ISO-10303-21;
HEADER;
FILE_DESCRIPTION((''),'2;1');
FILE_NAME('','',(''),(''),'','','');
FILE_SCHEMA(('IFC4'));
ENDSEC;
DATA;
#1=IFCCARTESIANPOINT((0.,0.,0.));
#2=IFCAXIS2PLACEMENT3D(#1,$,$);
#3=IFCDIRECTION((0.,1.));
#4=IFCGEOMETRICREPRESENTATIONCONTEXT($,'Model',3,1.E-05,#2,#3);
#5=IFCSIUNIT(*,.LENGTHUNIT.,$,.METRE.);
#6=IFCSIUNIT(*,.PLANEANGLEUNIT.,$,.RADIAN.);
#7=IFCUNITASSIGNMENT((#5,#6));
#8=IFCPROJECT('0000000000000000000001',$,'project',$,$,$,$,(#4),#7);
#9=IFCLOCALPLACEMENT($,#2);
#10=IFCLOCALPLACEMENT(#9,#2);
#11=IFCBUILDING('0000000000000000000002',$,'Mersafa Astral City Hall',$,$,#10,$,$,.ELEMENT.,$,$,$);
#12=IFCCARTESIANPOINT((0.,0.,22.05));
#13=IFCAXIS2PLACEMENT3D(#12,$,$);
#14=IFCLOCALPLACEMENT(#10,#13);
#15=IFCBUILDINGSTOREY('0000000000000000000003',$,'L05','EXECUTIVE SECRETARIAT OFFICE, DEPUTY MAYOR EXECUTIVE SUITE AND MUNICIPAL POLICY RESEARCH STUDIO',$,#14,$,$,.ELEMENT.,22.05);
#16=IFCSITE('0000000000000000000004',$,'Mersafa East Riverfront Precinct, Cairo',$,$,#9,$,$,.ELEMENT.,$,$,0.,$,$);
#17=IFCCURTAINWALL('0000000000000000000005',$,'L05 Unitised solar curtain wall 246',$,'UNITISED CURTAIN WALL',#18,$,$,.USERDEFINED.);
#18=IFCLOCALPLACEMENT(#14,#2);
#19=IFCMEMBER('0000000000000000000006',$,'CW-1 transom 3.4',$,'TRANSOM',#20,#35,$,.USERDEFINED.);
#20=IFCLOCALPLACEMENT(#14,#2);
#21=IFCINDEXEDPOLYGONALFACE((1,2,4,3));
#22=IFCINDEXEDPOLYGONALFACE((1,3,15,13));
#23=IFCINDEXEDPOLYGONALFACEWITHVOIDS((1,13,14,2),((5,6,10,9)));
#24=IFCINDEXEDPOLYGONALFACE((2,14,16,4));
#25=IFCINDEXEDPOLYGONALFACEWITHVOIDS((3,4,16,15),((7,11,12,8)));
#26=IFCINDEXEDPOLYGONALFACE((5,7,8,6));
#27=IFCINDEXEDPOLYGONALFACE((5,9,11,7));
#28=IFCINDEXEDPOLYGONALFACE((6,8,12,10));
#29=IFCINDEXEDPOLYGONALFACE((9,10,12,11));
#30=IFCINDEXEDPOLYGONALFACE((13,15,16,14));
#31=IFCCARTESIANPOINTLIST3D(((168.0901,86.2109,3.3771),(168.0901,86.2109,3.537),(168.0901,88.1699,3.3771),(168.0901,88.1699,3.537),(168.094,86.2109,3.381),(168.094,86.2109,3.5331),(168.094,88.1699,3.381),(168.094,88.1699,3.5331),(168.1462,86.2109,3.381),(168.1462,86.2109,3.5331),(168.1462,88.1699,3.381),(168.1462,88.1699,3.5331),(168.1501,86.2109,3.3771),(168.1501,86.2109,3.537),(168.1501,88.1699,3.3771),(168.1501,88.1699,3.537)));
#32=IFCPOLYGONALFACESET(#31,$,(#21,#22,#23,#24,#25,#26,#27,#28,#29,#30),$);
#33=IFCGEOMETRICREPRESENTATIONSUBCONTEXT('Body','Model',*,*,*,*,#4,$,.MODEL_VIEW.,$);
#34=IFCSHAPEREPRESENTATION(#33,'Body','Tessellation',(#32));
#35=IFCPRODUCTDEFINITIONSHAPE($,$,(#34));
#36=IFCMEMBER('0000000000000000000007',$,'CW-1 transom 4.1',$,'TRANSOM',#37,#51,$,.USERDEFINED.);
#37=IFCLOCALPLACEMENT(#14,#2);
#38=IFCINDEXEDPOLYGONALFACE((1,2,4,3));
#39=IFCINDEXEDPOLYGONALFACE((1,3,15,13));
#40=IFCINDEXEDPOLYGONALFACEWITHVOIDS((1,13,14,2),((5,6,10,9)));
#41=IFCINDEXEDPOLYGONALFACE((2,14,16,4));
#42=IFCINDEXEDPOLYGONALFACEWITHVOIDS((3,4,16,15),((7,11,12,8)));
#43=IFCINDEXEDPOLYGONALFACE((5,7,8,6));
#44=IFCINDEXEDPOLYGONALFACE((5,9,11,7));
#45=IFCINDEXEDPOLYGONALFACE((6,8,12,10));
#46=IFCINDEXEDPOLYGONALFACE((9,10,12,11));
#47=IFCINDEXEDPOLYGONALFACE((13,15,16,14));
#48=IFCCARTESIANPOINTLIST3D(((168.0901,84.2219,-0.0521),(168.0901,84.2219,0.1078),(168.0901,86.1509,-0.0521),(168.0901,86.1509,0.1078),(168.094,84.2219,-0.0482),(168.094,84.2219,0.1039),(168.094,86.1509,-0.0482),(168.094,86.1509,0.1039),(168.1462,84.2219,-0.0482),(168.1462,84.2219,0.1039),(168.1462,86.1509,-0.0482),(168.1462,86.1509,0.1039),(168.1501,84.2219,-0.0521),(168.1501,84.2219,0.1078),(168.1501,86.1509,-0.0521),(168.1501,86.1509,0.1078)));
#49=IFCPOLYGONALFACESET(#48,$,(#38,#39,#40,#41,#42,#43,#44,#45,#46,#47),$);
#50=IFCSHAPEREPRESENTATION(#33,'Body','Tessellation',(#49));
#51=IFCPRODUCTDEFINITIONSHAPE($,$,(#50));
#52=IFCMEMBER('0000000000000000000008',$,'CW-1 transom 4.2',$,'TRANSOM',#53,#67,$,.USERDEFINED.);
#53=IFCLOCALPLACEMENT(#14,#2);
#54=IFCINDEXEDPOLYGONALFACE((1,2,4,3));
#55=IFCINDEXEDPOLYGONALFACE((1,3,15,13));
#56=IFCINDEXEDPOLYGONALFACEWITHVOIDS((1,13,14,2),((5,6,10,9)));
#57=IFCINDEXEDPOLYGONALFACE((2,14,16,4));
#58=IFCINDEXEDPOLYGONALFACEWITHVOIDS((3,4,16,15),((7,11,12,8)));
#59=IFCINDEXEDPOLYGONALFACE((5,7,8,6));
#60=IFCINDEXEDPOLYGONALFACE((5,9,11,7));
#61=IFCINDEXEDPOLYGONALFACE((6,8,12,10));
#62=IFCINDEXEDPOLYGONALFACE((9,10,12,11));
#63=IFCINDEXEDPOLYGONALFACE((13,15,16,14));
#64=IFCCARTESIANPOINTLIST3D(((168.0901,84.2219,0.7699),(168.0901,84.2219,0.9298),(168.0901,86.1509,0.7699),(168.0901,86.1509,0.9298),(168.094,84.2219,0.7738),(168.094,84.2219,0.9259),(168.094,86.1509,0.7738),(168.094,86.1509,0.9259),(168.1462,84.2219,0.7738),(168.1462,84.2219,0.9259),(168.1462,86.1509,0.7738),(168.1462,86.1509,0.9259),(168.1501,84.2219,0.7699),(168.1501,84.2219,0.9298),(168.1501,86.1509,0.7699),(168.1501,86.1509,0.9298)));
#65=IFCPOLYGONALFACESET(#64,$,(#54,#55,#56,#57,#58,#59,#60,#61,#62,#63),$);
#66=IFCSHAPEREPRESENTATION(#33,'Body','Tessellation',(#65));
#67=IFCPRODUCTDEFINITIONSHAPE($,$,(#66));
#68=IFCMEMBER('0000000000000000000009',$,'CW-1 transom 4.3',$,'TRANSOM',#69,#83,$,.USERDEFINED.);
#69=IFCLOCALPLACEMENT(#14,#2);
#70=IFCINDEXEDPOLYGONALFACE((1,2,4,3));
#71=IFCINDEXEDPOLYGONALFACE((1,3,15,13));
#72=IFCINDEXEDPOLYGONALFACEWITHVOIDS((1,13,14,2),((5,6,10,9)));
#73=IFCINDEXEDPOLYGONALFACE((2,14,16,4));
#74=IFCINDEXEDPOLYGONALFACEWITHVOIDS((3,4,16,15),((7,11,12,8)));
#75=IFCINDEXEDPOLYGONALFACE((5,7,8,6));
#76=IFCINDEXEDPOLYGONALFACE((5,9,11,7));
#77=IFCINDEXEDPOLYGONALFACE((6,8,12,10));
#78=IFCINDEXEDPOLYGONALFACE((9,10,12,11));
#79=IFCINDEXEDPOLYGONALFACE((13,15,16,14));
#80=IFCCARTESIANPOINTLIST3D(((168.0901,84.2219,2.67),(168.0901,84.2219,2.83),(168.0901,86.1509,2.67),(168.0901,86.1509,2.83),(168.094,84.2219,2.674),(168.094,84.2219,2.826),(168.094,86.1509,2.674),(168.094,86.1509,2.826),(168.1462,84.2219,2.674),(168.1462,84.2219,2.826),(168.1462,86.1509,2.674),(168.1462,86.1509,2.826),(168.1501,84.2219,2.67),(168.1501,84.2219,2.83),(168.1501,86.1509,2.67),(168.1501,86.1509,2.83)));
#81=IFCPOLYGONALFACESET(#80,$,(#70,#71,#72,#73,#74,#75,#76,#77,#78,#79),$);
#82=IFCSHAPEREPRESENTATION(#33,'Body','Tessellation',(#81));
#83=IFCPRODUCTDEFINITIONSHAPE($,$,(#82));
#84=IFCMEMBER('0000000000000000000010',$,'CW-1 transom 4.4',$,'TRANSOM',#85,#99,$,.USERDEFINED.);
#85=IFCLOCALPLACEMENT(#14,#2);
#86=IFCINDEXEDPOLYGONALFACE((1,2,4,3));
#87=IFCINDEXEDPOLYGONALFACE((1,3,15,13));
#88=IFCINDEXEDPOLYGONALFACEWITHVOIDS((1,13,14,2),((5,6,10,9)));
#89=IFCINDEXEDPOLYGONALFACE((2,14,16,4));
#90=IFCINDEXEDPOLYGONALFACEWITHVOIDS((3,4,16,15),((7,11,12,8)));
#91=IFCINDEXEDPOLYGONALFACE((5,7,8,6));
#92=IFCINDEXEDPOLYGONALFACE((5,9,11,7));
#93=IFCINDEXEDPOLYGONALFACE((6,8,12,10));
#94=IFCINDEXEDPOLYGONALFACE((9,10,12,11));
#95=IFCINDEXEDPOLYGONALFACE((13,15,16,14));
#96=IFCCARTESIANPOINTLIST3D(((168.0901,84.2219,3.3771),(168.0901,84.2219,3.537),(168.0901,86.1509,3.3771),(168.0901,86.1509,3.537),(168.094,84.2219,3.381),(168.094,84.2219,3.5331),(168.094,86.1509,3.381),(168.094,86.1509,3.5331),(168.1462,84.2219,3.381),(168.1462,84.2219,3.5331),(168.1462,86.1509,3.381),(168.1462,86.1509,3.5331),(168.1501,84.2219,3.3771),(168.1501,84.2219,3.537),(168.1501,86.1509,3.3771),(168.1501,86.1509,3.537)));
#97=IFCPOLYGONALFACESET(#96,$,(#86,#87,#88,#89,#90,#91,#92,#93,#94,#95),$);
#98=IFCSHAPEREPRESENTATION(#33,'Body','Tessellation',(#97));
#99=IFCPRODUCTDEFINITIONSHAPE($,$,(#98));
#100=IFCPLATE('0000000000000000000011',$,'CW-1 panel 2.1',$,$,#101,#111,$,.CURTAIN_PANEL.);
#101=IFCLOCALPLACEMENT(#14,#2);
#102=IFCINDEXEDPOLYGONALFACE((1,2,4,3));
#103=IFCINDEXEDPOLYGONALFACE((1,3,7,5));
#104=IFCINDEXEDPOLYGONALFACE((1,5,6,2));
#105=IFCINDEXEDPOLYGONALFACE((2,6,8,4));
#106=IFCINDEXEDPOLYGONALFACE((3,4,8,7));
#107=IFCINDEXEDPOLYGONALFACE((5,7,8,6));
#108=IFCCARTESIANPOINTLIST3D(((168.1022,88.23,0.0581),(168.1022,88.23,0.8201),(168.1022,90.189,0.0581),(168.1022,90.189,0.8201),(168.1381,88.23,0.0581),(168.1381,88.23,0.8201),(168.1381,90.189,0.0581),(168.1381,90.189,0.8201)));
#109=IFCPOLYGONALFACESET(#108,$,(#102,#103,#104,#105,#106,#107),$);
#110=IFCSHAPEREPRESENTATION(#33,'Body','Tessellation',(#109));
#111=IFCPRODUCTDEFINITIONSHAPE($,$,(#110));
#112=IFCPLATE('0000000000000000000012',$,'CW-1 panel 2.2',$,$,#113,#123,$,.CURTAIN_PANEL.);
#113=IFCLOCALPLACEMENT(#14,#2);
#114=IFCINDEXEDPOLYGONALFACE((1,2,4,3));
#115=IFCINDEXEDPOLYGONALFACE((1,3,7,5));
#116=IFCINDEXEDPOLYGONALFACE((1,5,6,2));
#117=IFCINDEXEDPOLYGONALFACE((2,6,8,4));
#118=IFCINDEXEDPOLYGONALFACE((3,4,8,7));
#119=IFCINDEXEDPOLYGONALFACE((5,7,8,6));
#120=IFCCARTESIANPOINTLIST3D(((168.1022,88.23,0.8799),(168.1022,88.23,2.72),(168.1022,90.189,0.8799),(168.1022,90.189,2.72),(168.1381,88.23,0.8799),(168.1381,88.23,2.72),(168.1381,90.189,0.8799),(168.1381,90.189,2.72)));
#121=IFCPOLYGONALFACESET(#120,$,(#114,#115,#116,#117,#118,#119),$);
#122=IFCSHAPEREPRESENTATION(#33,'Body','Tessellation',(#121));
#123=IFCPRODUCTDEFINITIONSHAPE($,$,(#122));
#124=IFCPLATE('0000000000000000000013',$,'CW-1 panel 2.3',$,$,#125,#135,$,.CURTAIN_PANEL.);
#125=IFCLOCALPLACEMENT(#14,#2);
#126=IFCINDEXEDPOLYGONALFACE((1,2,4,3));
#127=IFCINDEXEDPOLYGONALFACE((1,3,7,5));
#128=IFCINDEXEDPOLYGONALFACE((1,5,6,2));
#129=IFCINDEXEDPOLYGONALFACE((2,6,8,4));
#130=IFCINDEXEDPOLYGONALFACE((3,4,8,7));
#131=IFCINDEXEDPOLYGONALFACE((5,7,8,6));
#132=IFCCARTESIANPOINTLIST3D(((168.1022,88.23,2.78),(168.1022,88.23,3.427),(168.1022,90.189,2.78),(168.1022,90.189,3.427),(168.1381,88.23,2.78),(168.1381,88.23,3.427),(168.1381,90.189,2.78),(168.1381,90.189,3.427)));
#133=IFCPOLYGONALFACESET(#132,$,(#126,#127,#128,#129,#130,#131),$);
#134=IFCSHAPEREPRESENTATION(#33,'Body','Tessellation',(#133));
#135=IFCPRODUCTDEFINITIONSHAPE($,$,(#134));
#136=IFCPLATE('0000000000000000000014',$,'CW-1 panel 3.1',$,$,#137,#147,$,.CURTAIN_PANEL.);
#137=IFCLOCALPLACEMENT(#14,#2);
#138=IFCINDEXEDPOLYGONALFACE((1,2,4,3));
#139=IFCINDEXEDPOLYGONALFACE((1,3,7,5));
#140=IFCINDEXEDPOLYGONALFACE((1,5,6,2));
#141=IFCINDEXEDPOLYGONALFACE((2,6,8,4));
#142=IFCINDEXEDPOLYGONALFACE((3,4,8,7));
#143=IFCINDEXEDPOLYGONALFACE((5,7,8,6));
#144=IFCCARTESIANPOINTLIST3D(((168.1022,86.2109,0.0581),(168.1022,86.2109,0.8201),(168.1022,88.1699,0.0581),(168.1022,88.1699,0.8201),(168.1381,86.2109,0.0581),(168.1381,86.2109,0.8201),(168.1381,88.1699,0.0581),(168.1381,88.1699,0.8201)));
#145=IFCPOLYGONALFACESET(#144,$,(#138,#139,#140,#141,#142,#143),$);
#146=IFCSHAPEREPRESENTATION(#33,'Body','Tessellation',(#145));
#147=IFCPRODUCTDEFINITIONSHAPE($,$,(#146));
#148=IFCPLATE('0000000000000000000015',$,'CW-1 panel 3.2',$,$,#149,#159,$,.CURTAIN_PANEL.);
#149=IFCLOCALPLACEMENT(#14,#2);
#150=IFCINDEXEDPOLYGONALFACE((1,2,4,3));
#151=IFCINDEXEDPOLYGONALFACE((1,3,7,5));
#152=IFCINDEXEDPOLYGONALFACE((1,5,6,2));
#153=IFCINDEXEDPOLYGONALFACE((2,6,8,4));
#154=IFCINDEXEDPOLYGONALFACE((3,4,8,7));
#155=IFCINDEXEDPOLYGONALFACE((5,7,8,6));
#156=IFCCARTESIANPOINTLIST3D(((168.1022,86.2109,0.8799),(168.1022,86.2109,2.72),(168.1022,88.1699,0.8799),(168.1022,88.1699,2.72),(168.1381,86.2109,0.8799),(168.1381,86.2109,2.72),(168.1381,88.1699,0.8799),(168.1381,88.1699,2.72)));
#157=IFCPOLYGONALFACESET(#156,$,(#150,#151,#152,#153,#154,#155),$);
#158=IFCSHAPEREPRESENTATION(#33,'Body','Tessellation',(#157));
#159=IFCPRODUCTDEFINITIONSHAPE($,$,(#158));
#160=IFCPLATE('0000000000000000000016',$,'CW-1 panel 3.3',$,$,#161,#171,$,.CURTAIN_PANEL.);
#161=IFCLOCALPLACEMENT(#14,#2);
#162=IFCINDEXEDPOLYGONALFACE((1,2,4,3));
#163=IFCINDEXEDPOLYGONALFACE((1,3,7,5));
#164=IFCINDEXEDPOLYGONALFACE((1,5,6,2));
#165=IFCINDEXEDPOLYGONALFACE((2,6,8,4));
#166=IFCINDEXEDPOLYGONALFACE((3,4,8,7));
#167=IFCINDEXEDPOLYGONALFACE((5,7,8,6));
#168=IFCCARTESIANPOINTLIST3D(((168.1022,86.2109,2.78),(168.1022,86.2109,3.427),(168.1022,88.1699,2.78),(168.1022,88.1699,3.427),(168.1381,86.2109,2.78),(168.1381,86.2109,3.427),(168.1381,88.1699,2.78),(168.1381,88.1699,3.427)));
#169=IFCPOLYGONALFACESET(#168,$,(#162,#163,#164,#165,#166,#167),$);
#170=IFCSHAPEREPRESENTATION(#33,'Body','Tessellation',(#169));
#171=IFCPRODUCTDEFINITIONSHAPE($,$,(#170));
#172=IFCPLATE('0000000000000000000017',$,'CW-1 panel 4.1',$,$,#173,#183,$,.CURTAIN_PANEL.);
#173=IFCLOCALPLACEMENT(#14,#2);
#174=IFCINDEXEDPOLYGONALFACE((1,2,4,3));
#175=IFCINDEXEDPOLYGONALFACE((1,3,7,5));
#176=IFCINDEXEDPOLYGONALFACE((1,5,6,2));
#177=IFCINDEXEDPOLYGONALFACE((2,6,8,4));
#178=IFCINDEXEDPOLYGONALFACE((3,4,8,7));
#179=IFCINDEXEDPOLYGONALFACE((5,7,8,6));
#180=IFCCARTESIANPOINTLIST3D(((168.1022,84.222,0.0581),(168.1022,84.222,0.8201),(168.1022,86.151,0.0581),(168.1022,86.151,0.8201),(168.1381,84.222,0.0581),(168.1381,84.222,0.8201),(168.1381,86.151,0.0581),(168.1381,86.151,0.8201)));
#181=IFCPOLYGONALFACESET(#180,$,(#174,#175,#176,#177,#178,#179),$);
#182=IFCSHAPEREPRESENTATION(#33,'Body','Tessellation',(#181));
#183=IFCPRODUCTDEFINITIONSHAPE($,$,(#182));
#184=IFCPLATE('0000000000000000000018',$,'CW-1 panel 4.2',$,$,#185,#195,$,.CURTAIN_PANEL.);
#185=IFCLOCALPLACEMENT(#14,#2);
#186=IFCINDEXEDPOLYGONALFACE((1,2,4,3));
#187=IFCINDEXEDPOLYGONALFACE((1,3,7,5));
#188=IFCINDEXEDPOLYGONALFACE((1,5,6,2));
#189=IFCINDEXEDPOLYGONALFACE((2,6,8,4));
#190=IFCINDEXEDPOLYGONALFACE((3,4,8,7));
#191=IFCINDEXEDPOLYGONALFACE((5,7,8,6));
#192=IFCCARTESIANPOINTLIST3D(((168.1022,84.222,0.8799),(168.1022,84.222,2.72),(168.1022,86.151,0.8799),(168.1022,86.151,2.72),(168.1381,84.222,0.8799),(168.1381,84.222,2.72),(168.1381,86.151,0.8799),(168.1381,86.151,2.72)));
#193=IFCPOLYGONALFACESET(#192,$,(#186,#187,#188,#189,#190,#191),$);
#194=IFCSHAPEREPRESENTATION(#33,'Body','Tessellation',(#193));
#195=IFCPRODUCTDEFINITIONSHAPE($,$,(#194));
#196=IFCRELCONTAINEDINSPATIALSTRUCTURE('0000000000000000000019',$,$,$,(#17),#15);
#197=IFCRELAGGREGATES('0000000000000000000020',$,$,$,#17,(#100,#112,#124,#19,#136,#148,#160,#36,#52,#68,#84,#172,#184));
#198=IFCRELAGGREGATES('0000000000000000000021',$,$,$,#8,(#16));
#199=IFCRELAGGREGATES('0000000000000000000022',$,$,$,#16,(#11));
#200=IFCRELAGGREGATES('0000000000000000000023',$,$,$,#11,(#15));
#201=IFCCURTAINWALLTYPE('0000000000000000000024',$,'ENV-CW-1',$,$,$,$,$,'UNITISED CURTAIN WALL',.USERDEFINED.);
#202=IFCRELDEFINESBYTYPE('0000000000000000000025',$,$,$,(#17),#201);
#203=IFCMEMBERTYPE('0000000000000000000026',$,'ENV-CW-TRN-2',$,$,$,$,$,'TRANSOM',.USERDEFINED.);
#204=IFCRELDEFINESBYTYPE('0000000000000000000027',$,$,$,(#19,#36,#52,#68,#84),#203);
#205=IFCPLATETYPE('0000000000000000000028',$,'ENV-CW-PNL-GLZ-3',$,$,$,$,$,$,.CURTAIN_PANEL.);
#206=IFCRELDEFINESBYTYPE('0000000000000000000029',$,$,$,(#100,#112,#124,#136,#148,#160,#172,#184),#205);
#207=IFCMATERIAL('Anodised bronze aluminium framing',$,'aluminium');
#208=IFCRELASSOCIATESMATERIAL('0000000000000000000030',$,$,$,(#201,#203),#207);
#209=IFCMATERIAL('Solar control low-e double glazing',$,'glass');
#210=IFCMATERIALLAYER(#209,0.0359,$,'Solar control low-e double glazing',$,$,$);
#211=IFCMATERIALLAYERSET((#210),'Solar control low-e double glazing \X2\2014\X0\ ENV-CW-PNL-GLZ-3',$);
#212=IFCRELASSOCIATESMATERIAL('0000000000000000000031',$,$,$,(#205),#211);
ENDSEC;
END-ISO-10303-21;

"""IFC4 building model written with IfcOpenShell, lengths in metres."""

from ifc_helpers import new_model, si_unit, direction, frame, origin, origin_2d, place, context, subcontext, project, spatial, rectangle, hollow_rectangle, extrude, material, layer, layer_set, material_profile, profile_set, type_object, element, aggregate, save


model = new_model("IFC4")

# Units and contexts
model_context = context("Model", 3, precision=1e-05, world=origin(), true_north=direction((0.0, 1.0)))
body_context = subcontext(model_context, "Body", "Model", "MODEL_VIEW")
ifc_project = project(units=[si_unit("LENGTHUNIT", "METRE"), si_unit("PLANEANGLEUNIT", "RADIAN")], contexts=[model_context])

# Site, building, storey
site_placement = place(None, origin())
site = spatial("IfcSite", under=ifc_project, at=site_placement, Name="Mersafa East Riverfront Precinct, Cairo", CompositionType="ELEMENT", RefElevation=0.0)
building_placement = place(site_placement, origin())
building = spatial("IfcBuilding", under=site, at=building_placement, Name="Mersafa Astral City Hall", CompositionType="ELEMENT")
storey_placement = place(building_placement, frame((0.0, 0.0, 22.05)))
storey = spatial("IfcBuildingStorey", under=building, at=storey_placement, Name="L05", Description="EXECUTIVE SECRETARIAT OFFICE, DEPUTY MAYOR EXECUTIVE SUITE AND MUNICIPAL POLICY RESEARCH STUDIO", CompositionType="ELEMENT", Elevation=22.05)

# Curtain wall, members, plates
ifc_material_1 = material(Name="Anodised bronze aluminium framing", Category="aluminium")
curtain_wall_type = type_object("IfcCurtainWallType", Name="ENV-CW-1", ElementType="UNITISED CURTAIN WALL", PredefinedType="USERDEFINED", material=ifc_material_1)
curtain_wall_placement = place(storey_placement, origin())
curtain_wall = element("IfcCurtainWall", 1, at=curtain_wall_placement, inside=storey, type_object=curtain_wall_type, Name="L05 Unitised solar curtain wall 246", ObjectType="UNITISED CURTAIN WALL", PredefinedType="USERDEFINED")
ifc_material_profile_1 = material_profile(ifc_material_1, hollow_rectangle(XDim=0.0601, YDim=0.1599, WallThickness=0.0039, at=origin_2d()), Name="RHS 60x160x4")
ifc_profile_set_1 = profile_set([ifc_material_profile_1], Name="Anodised bronze aluminium framing")
member_type_1 = type_object("IfcMemberType", Name="ENV-CW-TRN-2", ElementType="TRANSOM", PredefinedType="USERDEFINED", material=ifc_profile_set_1)
member_1_placement = place(storey_placement, frame((168.1201, 88.1699, 3.457), z_axis=(0.0, -1.0, 0.0), x_axis=(1.0, 0.0, 0.0)))
member_1 = element("IfcMember", 2, at=member_1_placement, type_object=member_type_1, Name="CW-1 transom 3.4", ObjectType="TRANSOM", PredefinedType="USERDEFINED", context=body_context, shape_type="SweptSolid", body=[
    extrude(hollow_rectangle(XDim=0.0601, YDim=0.1599, WallThickness=0.0039, at=origin_2d()), origin(), (0.0, 0.0, 1.0), 1.959),
])
member_2_placement = place(storey_placement, frame((168.1201, 86.1509, 0.0278), z_axis=(0.0, -1.0, 0.0), x_axis=(1.0, 0.0, 0.0)))
member_2 = element("IfcMember", 3, at=member_2_placement, type_object=member_type_1, Name="CW-1 transom 4.1", ObjectType="TRANSOM", PredefinedType="USERDEFINED", context=body_context, shape_type="SweptSolid", body=[
    extrude(hollow_rectangle(XDim=0.0601, YDim=0.1599, WallThickness=0.0039, at=origin_2d()), origin(), (0.0, 0.0, 1.0), 1.929),
])
member_3_placement = place(storey_placement, frame((168.1201, 86.1509, 0.8499), z_axis=(0.0, -1.0, 0.0), x_axis=(1.0, 0.0, 0.0)))
member_3 = element("IfcMember", 4, at=member_3_placement, type_object=member_type_1, Name="CW-1 transom 4.2", ObjectType="TRANSOM", PredefinedType="USERDEFINED", context=body_context, shape_type="SweptSolid", body=[
    extrude(hollow_rectangle(XDim=0.0601, YDim=0.1599, WallThickness=0.0039, at=origin_2d()), origin(), (0.0, 0.0, 1.0), 1.929),
])
member_4_placement = place(storey_placement, frame((168.1201, 86.1509, 2.75), z_axis=(0.0, -1.0, 0.0), x_axis=(1.0, 0.0, 0.0)))
member_4 = element("IfcMember", 5, at=member_4_placement, type_object=member_type_1, Name="CW-1 transom 4.3", ObjectType="TRANSOM", PredefinedType="USERDEFINED", context=body_context, shape_type="SweptSolid", body=[
    extrude(hollow_rectangle(XDim=0.0601, YDim=0.1599, WallThickness=0.0039, at=origin_2d()), origin(), (0.0, 0.0, 1.0), 1.929),
])
member_5_placement = place(storey_placement, frame((168.1201, 86.1509, 3.457), z_axis=(0.0, -1.0, 0.0), x_axis=(1.0, 0.0, 0.0)))
member_5 = element("IfcMember", 6, at=member_5_placement, type_object=member_type_1, Name="CW-1 transom 4.4", ObjectType="TRANSOM", PredefinedType="USERDEFINED", context=body_context, shape_type="SweptSolid", body=[
    extrude(hollow_rectangle(XDim=0.0601, YDim=0.1599, WallThickness=0.0039, at=origin_2d()), origin(), (0.0, 0.0, 1.0), 1.929),
])
ifc_material_2 = material(Name="Solar control low-e double glazing", Category="glass")
ifc_layer = layer(ifc_material_2, 0.0359, Name="Solar control low-e double glazing")
ifc_layer_set = layer_set([ifc_layer], Name="Solar control low-e double glazing — ENV-CW-PNL-GLZ-3")
plate_type = type_object("IfcPlateType", Name="ENV-CW-PNL-GLZ-3", PredefinedType="CURTAIN_PANEL", material=ifc_layer_set)
plate_1_placement = place(storey_placement, frame((168.1201, 89.2095, 0.0581), z_axis=(0.0, 0.0, 1.0), x_axis=(0.0, -1.0, 0.0)))
plate_1 = element("IfcPlate", 7, at=plate_1_placement, type_object=plate_type, Name="CW-1 panel 2.1", PredefinedType="CURTAIN_PANEL", context=body_context, shape_type="SweptSolid", body=[
    extrude(rectangle(XDim=1.959, YDim=0.0359, at=origin_2d()), origin(), (0.0, 0.0, 1.0), 0.762),
])
plate_2_placement = place(storey_placement, frame((168.1201, 89.2095, 0.8799), z_axis=(0.0, 0.0, 1.0), x_axis=(0.0, -1.0, 0.0)))
plate_2 = element("IfcPlate", 8, at=plate_2_placement, type_object=plate_type, Name="CW-1 panel 2.2", PredefinedType="CURTAIN_PANEL", context=body_context, shape_type="SweptSolid", body=[
    extrude(rectangle(XDim=1.959, YDim=0.0359, at=origin_2d()), origin(), (0.0, 0.0, 1.0), 1.8401),
])
plate_3_placement = place(storey_placement, frame((168.1201, 89.2095, 2.78), z_axis=(0.0, 0.0, 1.0), x_axis=(0.0, -1.0, 0.0)))
plate_3 = element("IfcPlate", 9, at=plate_3_placement, type_object=plate_type, Name="CW-1 panel 2.3", PredefinedType="CURTAIN_PANEL", context=body_context, shape_type="SweptSolid", body=[
    extrude(rectangle(XDim=1.959, YDim=0.0359, at=origin_2d()), origin(), (0.0, 0.0, 1.0), 0.647),
])
plate_4_placement = place(storey_placement, frame((168.1201, 87.1904, 0.0581), z_axis=(0.0, 0.0, 1.0), x_axis=(0.0, -1.0, 0.0)))
plate_4 = element("IfcPlate", 10, at=plate_4_placement, type_object=plate_type, Name="CW-1 panel 3.1", PredefinedType="CURTAIN_PANEL", context=body_context, shape_type="SweptSolid", body=[
    extrude(rectangle(XDim=1.959, YDim=0.0359, at=origin_2d()), origin(), (0.0, 0.0, 1.0), 0.762),
])
plate_5_placement = place(storey_placement, frame((168.1201, 87.1904, 0.8799), z_axis=(0.0, 0.0, 1.0), x_axis=(0.0, -1.0, 0.0)))
plate_5 = element("IfcPlate", 11, at=plate_5_placement, type_object=plate_type, Name="CW-1 panel 3.2", PredefinedType="CURTAIN_PANEL", context=body_context, shape_type="SweptSolid", body=[
    extrude(rectangle(XDim=1.959, YDim=0.0359, at=origin_2d()), origin(), (0.0, 0.0, 1.0), 1.8401),
])
plate_6_placement = place(storey_placement, frame((168.1201, 87.1904, 2.78), z_axis=(0.0, 0.0, 1.0), x_axis=(0.0, -1.0, 0.0)))
plate_6 = element("IfcPlate", 12, at=plate_6_placement, type_object=plate_type, Name="CW-1 panel 3.3", PredefinedType="CURTAIN_PANEL", context=body_context, shape_type="SweptSolid", body=[
    extrude(rectangle(XDim=1.959, YDim=0.0359, at=origin_2d()), origin(), (0.0, 0.0, 1.0), 0.647),
])
plate_7_placement = place(storey_placement, frame((168.1201, 85.1865, 0.0581), z_axis=(0.0, 0.0, 1.0), x_axis=(0.0, -1.0, 0.0)))
plate_7 = element("IfcPlate", 13, at=plate_7_placement, type_object=plate_type, Name="CW-1 panel 4.1", PredefinedType="CURTAIN_PANEL", context=body_context, shape_type="SweptSolid", body=[
    extrude(rectangle(XDim=1.929, YDim=0.0359, at=origin_2d()), origin(), (0.0, 0.0, 1.0), 0.762),
])
plate_8_placement = place(storey_placement, frame((168.1201, 85.1865, 0.8799), z_axis=(0.0, 0.0, 1.0), x_axis=(0.0, -1.0, 0.0)))
plate_8 = element("IfcPlate", 14, at=plate_8_placement, type_object=plate_type, Name="CW-1 panel 4.2", PredefinedType="CURTAIN_PANEL", context=body_context, shape_type="SweptSolid", body=[
    extrude(rectangle(XDim=1.929, YDim=0.0359, at=origin_2d()), origin(), (0.0, 0.0, 1.0), 1.8401),
])
aggregate(curtain_wall, [plate_1, plate_2, plate_3, member_1, plate_4, plate_5, plate_6, member_2, member_3, member_4, member_5, plate_7, plate_8])

save(model, "model.ifc")
